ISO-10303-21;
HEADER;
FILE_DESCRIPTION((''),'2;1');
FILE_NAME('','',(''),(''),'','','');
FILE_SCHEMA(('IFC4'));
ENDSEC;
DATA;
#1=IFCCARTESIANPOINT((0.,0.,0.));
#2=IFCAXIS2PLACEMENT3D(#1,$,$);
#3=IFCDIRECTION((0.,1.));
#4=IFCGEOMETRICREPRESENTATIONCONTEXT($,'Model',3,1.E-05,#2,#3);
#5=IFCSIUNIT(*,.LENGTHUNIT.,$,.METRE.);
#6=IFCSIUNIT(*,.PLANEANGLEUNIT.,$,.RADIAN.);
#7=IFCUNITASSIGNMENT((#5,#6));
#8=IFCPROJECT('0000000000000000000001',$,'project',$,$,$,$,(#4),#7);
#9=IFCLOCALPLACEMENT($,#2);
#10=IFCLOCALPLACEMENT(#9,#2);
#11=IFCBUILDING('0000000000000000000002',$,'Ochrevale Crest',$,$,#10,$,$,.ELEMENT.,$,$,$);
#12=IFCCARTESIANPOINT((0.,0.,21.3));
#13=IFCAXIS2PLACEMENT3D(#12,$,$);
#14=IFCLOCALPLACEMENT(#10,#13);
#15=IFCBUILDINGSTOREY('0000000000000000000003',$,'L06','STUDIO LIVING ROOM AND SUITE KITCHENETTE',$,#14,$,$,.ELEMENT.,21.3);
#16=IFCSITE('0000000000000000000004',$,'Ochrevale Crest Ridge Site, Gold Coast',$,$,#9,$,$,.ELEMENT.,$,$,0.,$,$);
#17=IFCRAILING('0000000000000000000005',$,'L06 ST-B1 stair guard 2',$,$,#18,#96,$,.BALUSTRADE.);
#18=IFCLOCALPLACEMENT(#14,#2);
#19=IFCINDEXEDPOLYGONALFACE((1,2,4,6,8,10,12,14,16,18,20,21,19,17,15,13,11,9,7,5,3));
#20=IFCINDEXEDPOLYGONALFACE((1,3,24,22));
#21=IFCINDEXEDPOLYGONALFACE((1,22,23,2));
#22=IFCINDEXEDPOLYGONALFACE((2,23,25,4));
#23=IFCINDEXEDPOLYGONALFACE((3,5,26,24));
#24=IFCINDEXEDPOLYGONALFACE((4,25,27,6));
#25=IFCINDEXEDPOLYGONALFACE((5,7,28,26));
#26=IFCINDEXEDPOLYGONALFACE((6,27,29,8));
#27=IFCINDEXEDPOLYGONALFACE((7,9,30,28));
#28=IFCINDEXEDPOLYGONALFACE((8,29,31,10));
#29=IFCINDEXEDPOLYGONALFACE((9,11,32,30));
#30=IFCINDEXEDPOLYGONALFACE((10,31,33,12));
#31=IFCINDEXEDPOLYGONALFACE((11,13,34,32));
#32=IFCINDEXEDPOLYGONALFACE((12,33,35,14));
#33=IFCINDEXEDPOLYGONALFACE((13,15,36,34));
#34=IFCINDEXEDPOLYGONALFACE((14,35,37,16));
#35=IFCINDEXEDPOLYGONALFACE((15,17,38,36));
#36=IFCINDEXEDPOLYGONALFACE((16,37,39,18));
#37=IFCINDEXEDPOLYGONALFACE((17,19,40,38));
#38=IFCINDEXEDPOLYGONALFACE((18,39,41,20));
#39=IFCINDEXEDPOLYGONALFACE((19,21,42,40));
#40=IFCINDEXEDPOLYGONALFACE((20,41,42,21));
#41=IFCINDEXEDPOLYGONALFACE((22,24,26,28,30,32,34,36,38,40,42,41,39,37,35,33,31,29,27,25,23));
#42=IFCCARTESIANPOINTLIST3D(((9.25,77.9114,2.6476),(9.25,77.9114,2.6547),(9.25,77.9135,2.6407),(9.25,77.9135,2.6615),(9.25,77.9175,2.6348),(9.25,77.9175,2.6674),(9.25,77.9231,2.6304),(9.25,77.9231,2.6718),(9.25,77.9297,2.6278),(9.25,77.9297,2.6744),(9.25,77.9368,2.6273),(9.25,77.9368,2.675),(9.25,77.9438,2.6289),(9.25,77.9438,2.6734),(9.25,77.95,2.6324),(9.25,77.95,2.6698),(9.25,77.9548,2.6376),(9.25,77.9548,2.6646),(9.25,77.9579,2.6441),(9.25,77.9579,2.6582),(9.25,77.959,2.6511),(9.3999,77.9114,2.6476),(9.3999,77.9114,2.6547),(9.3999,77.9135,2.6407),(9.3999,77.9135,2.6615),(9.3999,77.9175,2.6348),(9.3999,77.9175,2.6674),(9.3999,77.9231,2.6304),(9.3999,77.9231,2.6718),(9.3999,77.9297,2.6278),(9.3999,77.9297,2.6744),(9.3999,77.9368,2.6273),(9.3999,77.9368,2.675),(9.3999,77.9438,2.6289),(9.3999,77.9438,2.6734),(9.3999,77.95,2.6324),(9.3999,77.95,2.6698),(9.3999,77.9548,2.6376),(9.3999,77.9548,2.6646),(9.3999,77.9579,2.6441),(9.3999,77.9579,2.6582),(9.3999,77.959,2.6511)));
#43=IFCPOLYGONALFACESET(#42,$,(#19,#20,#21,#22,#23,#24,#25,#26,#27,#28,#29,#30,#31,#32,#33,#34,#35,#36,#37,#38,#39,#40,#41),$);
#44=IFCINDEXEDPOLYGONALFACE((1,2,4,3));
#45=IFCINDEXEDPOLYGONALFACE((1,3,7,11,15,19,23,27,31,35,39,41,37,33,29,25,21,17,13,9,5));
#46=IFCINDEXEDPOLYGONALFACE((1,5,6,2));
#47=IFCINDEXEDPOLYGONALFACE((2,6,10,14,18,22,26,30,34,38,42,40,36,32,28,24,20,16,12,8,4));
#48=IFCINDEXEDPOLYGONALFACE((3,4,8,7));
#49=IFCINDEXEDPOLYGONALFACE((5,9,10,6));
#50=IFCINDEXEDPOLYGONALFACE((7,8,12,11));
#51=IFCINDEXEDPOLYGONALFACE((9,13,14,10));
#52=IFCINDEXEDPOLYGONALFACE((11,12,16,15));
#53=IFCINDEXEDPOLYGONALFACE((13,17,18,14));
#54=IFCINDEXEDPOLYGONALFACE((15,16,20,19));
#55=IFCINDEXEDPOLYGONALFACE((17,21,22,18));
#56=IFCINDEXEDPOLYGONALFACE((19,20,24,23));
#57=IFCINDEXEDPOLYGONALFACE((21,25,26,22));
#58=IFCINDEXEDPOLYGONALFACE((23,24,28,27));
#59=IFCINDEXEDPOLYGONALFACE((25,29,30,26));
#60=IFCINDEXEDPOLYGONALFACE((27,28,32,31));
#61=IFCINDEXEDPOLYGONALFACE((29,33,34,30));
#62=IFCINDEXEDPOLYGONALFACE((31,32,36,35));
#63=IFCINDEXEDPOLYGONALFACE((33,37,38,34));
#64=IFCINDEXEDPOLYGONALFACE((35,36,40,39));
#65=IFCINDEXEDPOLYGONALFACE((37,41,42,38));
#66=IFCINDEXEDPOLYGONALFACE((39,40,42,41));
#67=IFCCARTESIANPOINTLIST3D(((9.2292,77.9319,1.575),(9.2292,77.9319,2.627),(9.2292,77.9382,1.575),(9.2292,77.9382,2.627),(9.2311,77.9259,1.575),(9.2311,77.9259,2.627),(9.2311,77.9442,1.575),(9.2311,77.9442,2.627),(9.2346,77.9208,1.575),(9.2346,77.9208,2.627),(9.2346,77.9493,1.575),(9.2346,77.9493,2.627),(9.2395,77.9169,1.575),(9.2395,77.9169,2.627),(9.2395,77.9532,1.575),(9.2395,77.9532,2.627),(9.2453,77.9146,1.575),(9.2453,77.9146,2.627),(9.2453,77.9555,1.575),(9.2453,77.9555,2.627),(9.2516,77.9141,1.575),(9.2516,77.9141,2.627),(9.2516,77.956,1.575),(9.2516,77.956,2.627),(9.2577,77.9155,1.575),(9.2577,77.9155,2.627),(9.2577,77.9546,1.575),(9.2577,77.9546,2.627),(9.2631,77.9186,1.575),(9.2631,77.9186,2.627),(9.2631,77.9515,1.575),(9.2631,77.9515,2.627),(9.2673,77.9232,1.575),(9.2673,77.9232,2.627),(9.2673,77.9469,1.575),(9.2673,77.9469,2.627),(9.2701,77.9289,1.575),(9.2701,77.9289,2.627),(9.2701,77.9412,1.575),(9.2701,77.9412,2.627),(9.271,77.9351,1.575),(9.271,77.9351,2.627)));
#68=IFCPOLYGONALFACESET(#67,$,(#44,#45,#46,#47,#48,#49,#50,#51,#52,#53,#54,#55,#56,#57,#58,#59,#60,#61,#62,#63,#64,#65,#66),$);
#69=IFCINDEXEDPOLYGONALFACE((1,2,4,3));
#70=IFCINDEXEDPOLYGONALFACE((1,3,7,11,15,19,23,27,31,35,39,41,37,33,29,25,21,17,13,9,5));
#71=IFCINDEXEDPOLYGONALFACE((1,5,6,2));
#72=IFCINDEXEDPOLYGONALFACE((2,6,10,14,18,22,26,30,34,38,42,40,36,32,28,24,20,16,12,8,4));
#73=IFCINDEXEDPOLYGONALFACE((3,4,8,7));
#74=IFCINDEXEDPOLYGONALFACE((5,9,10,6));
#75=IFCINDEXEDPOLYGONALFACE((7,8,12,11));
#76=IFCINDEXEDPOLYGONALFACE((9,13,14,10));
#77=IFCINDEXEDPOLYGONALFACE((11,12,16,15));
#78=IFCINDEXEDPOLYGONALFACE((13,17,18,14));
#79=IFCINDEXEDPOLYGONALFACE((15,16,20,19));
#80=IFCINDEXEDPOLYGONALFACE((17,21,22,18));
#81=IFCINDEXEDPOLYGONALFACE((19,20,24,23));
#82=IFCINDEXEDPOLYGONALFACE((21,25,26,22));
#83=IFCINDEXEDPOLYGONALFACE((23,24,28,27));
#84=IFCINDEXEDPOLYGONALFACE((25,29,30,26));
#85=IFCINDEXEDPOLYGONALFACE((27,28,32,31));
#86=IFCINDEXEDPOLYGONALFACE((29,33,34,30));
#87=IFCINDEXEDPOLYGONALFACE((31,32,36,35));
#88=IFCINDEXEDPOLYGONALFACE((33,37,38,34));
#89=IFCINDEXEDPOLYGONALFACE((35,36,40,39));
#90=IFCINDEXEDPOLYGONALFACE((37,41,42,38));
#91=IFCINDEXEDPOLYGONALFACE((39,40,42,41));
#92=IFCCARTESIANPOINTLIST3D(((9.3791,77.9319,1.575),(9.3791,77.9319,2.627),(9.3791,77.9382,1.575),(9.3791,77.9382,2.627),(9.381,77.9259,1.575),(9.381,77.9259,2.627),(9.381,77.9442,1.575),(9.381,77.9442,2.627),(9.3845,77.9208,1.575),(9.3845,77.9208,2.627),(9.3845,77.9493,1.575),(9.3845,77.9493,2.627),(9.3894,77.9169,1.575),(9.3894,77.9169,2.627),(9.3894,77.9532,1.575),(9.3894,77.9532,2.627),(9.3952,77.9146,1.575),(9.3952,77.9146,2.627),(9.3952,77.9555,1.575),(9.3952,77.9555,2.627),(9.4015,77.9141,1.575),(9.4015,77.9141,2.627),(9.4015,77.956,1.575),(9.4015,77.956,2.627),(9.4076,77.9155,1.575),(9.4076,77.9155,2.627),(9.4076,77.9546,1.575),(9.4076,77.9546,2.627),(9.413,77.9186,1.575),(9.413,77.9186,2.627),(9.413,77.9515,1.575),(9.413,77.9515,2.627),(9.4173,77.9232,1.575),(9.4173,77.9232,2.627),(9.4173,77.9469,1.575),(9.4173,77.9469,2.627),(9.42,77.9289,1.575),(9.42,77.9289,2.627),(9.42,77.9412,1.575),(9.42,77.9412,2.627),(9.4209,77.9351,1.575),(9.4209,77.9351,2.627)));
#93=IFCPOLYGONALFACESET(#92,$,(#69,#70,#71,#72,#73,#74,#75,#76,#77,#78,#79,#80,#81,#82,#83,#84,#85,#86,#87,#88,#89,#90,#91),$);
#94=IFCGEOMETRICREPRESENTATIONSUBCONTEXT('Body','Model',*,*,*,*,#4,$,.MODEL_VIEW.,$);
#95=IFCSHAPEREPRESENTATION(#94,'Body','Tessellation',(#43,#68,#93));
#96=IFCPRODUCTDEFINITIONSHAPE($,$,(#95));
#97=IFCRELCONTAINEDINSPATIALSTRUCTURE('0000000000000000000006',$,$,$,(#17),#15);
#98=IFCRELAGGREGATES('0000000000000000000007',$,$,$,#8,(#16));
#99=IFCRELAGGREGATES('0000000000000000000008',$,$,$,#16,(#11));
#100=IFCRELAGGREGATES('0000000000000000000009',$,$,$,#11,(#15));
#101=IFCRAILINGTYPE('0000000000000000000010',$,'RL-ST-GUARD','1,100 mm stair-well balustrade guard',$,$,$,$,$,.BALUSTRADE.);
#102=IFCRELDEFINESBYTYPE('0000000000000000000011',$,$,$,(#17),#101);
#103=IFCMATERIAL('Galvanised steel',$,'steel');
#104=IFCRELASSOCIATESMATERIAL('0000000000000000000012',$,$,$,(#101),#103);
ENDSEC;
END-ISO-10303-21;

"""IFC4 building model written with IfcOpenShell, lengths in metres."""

from ifc_helpers import new_model, si_unit, direction, frame, origin, origin_2d, place, context, subcontext, project, spatial, circle, extrude, material, type_object, element, save


model = new_model("IFC4")

# Units and contexts
model_context = context("Model", 3, precision=1e-05, world=origin(), true_north=direction((0.0, 1.0)))
body_context = subcontext(model_context, "Body", "Model", "MODEL_VIEW")
ifc_project = project(units=[si_unit("LENGTHUNIT", "METRE"), si_unit("PLANEANGLEUNIT", "RADIAN")], contexts=[model_context])

# Site, building, storey
site_placement = place(None, origin())
site = spatial("IfcSite", under=ifc_project, at=site_placement, Name="Ochrevale Crest Ridge Site, Gold Coast", CompositionType="ELEMENT", RefElevation=0.0)
building_placement = place(site_placement, origin())
building = spatial("IfcBuilding", under=site, at=building_placement, Name="Ochrevale Crest", CompositionType="ELEMENT")
storey_placement = place(building_placement, frame((0.0, 0.0, 21.3)))
storey = spatial("IfcBuildingStorey", under=building, at=storey_placement, Name="L06", Description="STUDIO LIVING ROOM AND SUITE KITCHENETTE", CompositionType="ELEMENT", Elevation=21.3)

# Railing
ifc_material_1 = material(Name="Galvanised steel", Category="steel")
railing_type_1 = type_object("IfcRailingType", Name="RL-ST-GUARD", Description="1,100 mm stair-well balustrade guard", PredefinedType="BALUSTRADE", material=ifc_material_1)
railing_1_placement = place(storey_placement, frame((9.25, 77.9351, 1.575)))
element("IfcRailing", 1, at=railing_1_placement, inside=storey, type_object=railing_type_1, Name="L06 ST-B1 stair guard 2", PredefinedType="BALUSTRADE", context=body_context, shape_type="SweptSolid", body=[
    extrude(circle(Radius=0.0239, at=origin_2d()), frame((0.0, 0.0, 1.0762), z_axis=(1.0, 0.0, 0.0), x_axis=(0.0, 1.0, 0.0)), (0.0, 0.0, 1.0), 0.1499),
    extrude(circle(Radius=0.021, at=origin_2d()), origin(), (0.0, 0.0, 1.0), 1.052),
    extrude(circle(Radius=0.021, at=origin_2d()), frame((0.1499, 0.0, 0.0)), (0.0, 0.0, 1.0), 1.052),
])

save(model, "model.ifc")
